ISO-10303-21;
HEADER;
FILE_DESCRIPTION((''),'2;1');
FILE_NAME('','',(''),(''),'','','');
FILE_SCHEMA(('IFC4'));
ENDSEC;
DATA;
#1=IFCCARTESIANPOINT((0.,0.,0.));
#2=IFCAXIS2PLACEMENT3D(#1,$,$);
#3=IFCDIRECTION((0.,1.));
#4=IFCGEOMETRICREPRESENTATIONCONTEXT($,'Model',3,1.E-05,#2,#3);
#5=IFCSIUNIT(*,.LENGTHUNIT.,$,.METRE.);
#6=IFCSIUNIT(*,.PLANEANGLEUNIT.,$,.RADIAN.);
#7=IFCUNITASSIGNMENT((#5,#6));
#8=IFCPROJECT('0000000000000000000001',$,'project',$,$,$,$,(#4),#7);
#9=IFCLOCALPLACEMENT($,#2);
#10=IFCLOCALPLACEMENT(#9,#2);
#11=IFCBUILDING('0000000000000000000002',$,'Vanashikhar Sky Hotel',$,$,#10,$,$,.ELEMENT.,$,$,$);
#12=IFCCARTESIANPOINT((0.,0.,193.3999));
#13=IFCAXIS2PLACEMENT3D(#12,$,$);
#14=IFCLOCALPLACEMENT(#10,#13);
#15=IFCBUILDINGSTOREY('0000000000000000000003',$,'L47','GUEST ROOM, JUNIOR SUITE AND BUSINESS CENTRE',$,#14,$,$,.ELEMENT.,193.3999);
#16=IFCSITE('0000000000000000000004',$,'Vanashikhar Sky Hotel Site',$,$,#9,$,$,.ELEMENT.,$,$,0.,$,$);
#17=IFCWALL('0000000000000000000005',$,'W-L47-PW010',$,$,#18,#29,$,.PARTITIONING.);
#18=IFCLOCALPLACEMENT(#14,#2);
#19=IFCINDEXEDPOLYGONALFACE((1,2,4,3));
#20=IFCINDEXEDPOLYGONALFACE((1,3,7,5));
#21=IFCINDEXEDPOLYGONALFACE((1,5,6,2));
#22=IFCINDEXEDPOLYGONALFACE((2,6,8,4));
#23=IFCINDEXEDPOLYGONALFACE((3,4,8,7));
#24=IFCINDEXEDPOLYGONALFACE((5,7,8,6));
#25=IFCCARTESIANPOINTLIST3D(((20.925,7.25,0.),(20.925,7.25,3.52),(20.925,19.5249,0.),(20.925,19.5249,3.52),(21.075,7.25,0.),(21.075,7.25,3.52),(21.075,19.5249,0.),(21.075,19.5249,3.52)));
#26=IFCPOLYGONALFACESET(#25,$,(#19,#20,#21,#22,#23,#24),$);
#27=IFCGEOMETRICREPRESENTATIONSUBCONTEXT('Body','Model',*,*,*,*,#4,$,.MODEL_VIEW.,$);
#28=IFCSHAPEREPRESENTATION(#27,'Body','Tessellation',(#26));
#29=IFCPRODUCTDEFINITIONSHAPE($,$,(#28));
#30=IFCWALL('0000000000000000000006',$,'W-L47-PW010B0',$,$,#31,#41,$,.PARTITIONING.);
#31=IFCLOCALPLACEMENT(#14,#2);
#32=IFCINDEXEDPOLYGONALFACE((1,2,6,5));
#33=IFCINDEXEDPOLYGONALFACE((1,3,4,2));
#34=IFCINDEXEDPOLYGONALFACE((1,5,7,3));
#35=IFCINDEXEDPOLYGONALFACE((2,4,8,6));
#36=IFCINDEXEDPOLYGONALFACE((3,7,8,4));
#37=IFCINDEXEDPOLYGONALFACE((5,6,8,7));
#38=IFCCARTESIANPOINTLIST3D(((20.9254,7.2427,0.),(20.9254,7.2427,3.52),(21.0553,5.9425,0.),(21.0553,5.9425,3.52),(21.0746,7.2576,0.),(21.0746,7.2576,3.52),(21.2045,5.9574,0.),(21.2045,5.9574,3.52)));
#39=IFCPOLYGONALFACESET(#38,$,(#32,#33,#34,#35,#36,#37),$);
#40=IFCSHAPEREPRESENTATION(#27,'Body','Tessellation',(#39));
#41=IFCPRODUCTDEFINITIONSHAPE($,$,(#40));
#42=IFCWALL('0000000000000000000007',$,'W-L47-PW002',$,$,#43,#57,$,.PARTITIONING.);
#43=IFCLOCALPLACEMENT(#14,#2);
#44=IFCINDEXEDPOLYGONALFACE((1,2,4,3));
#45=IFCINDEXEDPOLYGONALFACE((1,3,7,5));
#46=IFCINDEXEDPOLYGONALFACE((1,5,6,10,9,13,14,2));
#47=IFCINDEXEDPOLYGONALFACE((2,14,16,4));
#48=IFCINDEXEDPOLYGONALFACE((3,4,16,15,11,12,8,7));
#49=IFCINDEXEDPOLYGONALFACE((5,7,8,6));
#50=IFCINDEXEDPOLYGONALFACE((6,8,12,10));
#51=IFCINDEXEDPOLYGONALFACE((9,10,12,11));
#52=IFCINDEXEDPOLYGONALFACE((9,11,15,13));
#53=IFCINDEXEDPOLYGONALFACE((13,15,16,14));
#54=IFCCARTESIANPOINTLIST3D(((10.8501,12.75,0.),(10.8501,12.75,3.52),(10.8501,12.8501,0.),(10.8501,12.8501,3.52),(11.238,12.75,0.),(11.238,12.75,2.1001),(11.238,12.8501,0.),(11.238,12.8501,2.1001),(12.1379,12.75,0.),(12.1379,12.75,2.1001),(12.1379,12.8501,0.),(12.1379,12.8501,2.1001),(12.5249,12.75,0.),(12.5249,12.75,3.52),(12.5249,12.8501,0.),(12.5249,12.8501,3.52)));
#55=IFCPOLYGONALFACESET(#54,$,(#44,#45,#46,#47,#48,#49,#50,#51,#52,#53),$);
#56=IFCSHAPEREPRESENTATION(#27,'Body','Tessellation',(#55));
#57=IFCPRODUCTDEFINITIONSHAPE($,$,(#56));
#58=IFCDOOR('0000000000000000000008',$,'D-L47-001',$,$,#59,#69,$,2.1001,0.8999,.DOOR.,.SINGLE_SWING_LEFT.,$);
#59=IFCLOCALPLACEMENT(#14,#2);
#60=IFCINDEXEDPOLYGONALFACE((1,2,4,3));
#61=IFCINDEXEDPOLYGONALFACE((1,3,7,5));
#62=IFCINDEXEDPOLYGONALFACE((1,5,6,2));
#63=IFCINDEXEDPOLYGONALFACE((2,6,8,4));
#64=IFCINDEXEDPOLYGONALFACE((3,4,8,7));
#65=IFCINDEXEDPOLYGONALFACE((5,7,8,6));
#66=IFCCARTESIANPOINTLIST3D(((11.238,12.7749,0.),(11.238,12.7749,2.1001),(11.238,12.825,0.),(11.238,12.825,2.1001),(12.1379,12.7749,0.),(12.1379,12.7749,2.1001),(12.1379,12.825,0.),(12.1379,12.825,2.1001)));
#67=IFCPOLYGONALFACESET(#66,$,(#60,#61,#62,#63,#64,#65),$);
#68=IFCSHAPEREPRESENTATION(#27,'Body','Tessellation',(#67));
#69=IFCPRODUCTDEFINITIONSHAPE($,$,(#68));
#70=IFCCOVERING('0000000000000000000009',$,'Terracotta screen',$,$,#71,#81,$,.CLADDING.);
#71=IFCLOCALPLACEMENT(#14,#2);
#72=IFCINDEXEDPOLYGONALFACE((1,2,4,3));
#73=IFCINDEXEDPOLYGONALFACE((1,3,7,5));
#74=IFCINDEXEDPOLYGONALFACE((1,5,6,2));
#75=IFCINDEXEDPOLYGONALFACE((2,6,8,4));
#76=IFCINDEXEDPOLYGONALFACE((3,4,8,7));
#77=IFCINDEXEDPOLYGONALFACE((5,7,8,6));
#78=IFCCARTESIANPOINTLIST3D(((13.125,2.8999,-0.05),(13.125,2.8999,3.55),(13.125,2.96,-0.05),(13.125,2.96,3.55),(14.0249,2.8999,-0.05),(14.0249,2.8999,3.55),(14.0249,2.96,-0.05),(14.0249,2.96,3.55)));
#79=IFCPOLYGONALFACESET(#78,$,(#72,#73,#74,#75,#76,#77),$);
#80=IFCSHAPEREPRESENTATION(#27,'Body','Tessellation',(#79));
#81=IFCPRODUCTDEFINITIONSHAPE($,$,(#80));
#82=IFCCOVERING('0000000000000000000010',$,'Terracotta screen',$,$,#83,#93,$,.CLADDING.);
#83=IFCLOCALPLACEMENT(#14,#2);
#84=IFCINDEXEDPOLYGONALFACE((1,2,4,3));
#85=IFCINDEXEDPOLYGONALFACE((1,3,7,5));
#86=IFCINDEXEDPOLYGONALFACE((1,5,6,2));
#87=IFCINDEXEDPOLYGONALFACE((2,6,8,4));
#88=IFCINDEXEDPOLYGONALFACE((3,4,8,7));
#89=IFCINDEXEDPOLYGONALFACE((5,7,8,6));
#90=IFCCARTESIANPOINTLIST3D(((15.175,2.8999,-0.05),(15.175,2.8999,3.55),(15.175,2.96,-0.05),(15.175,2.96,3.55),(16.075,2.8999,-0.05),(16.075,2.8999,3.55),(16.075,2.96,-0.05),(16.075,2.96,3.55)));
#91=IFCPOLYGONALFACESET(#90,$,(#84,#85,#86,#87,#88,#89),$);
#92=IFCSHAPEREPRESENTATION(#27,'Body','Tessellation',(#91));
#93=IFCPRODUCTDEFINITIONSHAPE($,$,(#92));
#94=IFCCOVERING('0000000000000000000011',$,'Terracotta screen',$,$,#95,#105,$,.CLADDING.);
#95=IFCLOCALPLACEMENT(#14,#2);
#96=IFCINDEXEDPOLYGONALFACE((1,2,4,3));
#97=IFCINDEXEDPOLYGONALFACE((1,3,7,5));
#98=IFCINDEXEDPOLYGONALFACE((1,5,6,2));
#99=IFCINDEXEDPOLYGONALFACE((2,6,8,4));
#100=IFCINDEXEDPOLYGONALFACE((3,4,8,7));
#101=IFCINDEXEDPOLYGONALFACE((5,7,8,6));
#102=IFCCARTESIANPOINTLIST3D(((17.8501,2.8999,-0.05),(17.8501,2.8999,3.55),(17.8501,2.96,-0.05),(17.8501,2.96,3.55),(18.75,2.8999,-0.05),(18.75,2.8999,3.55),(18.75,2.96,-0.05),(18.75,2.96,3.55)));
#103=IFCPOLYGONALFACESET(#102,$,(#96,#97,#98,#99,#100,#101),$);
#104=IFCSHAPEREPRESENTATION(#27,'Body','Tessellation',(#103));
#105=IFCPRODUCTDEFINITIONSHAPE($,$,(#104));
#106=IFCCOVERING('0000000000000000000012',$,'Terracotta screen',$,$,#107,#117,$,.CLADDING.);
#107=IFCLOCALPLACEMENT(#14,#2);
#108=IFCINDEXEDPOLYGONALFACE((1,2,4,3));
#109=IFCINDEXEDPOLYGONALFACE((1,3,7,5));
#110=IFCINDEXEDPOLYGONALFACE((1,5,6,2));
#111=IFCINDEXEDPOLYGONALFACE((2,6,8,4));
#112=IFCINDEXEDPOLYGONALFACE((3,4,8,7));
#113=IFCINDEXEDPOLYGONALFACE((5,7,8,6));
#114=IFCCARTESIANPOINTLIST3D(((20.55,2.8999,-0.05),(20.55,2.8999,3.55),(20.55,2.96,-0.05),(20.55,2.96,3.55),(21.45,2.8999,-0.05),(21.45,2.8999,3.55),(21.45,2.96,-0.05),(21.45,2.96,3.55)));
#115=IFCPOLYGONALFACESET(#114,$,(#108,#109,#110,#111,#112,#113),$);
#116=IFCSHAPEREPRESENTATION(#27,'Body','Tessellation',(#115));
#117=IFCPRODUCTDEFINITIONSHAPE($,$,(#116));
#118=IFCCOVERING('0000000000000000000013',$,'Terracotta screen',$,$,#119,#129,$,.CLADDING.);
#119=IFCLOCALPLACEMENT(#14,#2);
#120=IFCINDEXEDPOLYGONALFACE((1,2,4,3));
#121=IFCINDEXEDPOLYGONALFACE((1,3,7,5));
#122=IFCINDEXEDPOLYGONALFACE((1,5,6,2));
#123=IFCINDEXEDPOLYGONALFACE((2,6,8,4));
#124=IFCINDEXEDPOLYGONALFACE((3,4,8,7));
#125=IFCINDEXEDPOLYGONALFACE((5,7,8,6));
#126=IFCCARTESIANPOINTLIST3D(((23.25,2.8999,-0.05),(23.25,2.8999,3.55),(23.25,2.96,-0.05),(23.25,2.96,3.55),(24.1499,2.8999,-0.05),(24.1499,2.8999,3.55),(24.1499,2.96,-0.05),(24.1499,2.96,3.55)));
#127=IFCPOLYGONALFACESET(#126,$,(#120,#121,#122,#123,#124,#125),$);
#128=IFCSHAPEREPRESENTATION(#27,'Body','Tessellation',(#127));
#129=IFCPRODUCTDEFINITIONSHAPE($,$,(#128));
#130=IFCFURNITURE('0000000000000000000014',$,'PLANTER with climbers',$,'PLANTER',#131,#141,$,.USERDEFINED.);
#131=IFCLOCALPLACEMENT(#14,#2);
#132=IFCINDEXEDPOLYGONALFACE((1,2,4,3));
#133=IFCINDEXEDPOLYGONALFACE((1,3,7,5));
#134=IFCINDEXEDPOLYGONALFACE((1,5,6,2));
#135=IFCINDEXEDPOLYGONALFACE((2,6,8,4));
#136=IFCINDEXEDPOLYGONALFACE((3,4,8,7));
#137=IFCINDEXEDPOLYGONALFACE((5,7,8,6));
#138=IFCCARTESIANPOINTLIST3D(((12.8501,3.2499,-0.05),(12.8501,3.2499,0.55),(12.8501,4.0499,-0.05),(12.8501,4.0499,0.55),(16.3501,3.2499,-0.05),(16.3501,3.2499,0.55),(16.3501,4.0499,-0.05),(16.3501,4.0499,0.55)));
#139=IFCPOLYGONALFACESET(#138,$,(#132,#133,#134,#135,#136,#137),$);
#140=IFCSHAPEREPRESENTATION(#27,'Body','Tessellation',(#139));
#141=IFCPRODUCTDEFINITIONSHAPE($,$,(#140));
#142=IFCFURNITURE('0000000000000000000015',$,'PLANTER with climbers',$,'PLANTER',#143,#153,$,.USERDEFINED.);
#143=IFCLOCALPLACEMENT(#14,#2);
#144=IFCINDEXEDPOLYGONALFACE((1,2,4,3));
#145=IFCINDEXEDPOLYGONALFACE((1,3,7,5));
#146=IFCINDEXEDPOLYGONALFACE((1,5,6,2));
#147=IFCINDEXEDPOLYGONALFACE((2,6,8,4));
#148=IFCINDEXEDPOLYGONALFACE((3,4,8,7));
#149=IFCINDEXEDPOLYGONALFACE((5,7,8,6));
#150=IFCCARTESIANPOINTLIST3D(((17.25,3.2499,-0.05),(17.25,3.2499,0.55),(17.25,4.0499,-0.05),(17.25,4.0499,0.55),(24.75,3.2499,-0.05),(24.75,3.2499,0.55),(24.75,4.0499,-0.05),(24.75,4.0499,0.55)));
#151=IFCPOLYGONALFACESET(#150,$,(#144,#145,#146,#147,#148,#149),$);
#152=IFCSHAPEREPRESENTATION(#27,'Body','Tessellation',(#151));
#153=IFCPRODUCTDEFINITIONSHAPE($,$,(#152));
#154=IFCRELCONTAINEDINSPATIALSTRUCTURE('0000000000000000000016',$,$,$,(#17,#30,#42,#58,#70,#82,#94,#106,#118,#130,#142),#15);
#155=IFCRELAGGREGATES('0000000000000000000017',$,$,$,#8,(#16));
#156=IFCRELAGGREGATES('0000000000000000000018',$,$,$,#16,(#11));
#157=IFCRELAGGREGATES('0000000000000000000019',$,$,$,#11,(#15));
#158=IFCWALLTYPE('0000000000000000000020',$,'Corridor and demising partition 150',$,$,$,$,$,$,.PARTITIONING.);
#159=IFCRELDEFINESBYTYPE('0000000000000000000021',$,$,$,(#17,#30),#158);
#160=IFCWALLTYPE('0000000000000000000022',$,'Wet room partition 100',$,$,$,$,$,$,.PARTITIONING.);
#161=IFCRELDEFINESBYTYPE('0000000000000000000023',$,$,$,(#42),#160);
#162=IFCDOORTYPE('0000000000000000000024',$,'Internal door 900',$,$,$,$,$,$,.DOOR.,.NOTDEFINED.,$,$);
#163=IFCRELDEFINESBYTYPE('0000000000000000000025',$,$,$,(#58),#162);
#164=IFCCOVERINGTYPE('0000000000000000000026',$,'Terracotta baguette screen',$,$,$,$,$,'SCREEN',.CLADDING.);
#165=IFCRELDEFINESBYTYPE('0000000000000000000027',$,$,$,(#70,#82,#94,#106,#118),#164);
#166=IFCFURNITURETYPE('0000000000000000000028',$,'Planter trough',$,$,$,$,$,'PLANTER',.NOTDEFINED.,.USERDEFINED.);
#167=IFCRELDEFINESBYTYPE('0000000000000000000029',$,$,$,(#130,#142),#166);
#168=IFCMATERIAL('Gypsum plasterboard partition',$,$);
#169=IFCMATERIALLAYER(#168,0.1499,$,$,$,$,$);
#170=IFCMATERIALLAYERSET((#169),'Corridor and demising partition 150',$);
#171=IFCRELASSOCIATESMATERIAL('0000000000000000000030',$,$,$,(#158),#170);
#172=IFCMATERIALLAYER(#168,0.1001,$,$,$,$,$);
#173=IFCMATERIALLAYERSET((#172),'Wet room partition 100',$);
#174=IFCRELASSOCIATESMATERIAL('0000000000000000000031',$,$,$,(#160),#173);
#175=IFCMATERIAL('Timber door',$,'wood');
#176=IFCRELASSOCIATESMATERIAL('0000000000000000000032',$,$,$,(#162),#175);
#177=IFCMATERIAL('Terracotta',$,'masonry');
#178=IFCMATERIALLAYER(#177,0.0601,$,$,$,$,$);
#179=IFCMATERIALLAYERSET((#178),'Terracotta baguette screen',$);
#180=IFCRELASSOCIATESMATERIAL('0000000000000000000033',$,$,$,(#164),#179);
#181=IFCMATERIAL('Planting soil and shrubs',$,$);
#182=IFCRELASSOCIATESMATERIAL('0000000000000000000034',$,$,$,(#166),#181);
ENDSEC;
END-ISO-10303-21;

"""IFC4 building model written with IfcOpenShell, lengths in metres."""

from ifc_helpers import new_model, si_unit, direction, frame, frame_2d, origin, origin_2d, place, context, subcontext, project, spatial, rectangle, extrude, source, transform, mapped, material, layer, layer_set, type_object, element, fill, save


model = new_model("IFC4")

# Units and contexts
model_context = context("Model", 3, precision=1e-05, world=origin(), true_north=direction((0.0, 1.0)))
body_context = subcontext(model_context, "Body", "Model", "MODEL_VIEW")
ifc_project = project(units=[si_unit("LENGTHUNIT", "METRE"), si_unit("PLANEANGLEUNIT", "RADIAN")], contexts=[model_context])

# Site, building, storey
site_placement = place(None, origin())
site = spatial("IfcSite", under=ifc_project, at=site_placement, Name="Vanashikhar Sky Hotel Site", CompositionType="ELEMENT", RefElevation=0.0)
building_placement = place(site_placement, origin())
building = spatial("IfcBuilding", under=site, at=building_placement, Name="Vanashikhar Sky Hotel", CompositionType="ELEMENT")
storey_placement = place(building_placement, frame((0.0, 0.0, 193.3999)))
storey = spatial("IfcBuildingStorey", under=building, at=storey_placement, Name="L47", Description="GUEST ROOM, JUNIOR SUITE AND BUSINESS CENTRE", CompositionType="ELEMENT", Elevation=193.3999)

# Walls
ifc_material_1 = material(Name="Gypsum plasterboard partition")
ifc_layer_1 = layer(ifc_material_1, 0.1499)
ifc_layer_set_1 = layer_set([ifc_layer_1], Name="Corridor and demising partition 150")
wall_type_1 = type_object("IfcWallType", Name="Corridor and demising partition 150", PredefinedType="PARTITIONING", material=ifc_layer_set_1)
shared_shape_1 = source(origin(), body_context, "Body", "SweptSolid", [
    extrude(rectangle(XDim=12.2749, YDim=0.1499, at=frame_2d((6.1375, 0.0))), origin(), (0.0, 0.0, 1.0), 3.52),
])
wall_1_placement = place(storey_placement, frame((21.0, 7.25, 0.0), z_axis=(0.0, 0.0, 1.0), x_axis=(0.0, 1.0, 0.0)))
element("IfcWall", 1, at=wall_1_placement, inside=storey, type_object=wall_type_1, Name="W-L47-PW010", PredefinedType="PARTITIONING", context=body_context, shape_type="MappedRepresentation", body=[
    mapped(shared_shape_1, transform((0.0, 0.0, 0.0), scale=1.0)),
])
shared_shape_2 = source(origin(), body_context, "Body", "SweptSolid", [
    extrude(rectangle(XDim=1.3066, YDim=0.1499, at=frame_2d((0.6533, 0.0))), origin(), (0.0, 0.0, 1.0), 3.52),
])
wall_2_placement = place(storey_placement, frame((21.1299, 5.95, 0.0), z_axis=(0.0, 0.0, 1.0), x_axis=(-0.099411, 0.995046, 0.0)))
element("IfcWall", 2, at=wall_2_placement, inside=storey, type_object=wall_type_1, Name="W-L47-PW010B0", PredefinedType="PARTITIONING", context=body_context, shape_type="MappedRepresentation", body=[
    mapped(shared_shape_2, transform((0.0, 0.0, 0.0), scale=1.0)),
])

# Wall, opening, door
ifc_layer_2 = layer(ifc_material_1, 0.1001)
ifc_layer_set_2 = layer_set([ifc_layer_2], Name="Wet room partition 100")
wall_type_2 = type_object("IfcWallType", Name="Wet room partition 100", PredefinedType="PARTITIONING", material=ifc_layer_set_2)
shared_shape_3 = source(origin(), body_context, "Body", "SweptSolid", [
    extrude(rectangle(XDim=1.6748, YDim=0.1001, at=frame_2d((0.8374, 0.0))), origin(), (0.0, 0.0, 1.0), 3.52),
])
wall_3_placement = place(storey_placement, frame((10.8501, 12.8, 0.0), z_axis=(0.0, 0.0, 1.0), x_axis=(1.0, 0.0, 0.0)))
wall_3 = element("IfcWall", 3, at=wall_3_placement, inside=storey, type_object=wall_type_2, Name="W-L47-PW002", PredefinedType="PARTITIONING", context=body_context, shape_type="MappedRepresentation", body=[
    mapped(shared_shape_3, transform((0.0, 0.0, 0.0), scale=1.0)),
])
shared_shape_4 = source(origin(), body_context, "Body", "SweptSolid", [
    extrude(rectangle(XDim=0.8999, YDim=2.1001, at=frame_2d((0.45, 1.05))), frame((0.0, 0.0601, 0.0), z_axis=(0.0, -1.0, 0.0), x_axis=(1.0, 0.0, 0.0)), (0.0, 0.0, 1.0), 0.1201),
])
opening_1_placement = place(wall_3_placement, frame((0.3879, 0.0, 0.0)))
opening_1 = element("IfcOpeningElement", 4, at=opening_1_placement, cuts=wall_3, PredefinedType="OPENING", context=body_context, shape_type="MappedRepresentation", body=[
    mapped(shared_shape_4, transform((0.0, 0.0, 0.0), scale=1.0)),
])
ifc_material_2 = material(Name="Timber door", Category="wood")
door_type_1 = type_object("IfcDoorType", Name="Internal door 900", OperationType="NOTDEFINED", PredefinedType="DOOR", material=ifc_material_2)
shared_shape_5 = source(origin(), body_context, "Body", "SweptSolid", [
    extrude(rectangle(XDim=0.8999, YDim=2.1001, at=frame_2d((0.45, 1.05))), frame((0.0, 0.0249, 0.0), z_axis=(0.0, -1.0, 0.0), x_axis=(1.0, 0.0, 0.0)), (0.0, 0.0, 1.0), 0.05),
])
door_1_placement = place(opening_1_placement, origin())
door_1 = element("IfcDoor", 5, at=door_1_placement, inside=storey, type_object=door_type_1, Name="D-L47-001", OperationType="SINGLE_SWING_LEFT", OverallHeight=2.1001, OverallWidth=0.8999, PredefinedType="DOOR", context=body_context, shape_type="MappedRepresentation", body=[
    mapped(shared_shape_5, transform((0.0, 0.0, 0.0), scale=1.0)),
])
fill(opening_1, door_1)

# Coverings
ifc_material_3 = material(Name="Terracotta", Category="masonry")
ifc_layer_3 = layer(ifc_material_3, 0.0601)
ifc_layer_set_3 = layer_set([ifc_layer_3], Name="Terracotta baguette screen")
covering_type = type_object("IfcCoveringType", Name="Terracotta baguette screen", ElementType="SCREEN", PredefinedType="CLADDING", material=ifc_layer_set_3)
shared_shape_6 = source(origin(), body_context, "Body", "SweptSolid", [
    extrude(rectangle(XDim=0.8999, YDim=0.0601, at=origin_2d()), origin(), (0.0, 0.0, 1.0), 3.6001),
])
for number, where, z_axis, x_axis, name in (
    (6, (13.575, 2.9299, -0.05), (0.0, 0.0, 1.0), (1.0, 0.0, 0.0), "Terracotta screen"),
    (7, (15.625, 2.9299, -0.05), (0.0, 0.0, 1.0), (1.0, 0.0, 0.0), "Terracotta screen"),
    (8, (18.3, 2.9299, -0.05), (0.0, 0.0, 1.0), (1.0, 0.0, 0.0), "Terracotta screen"),
    (9, (21.0, 2.9299, -0.05), (0.0, 0.0, 1.0), (1.0, 0.0, 0.0), "Terracotta screen"),
    (10, (23.7, 2.9299, -0.05), (0.0, 0.0, 1.0), (1.0, 0.0, 0.0), "Terracotta screen"),
):
    element("IfcCovering", number, at=place(storey_placement, frame(where, z_axis=z_axis, x_axis=x_axis)), inside=storey, type_object=covering_type, Name=name, PredefinedType="CLADDING", context=body_context, shape_type="MappedRepresentation", body=[
        mapped(shared_shape_6, transform((0.0, 0.0, 0.0), scale=1.0)),
    ])

# Furniture
ifc_material_4 = material(Name="Planting soil and shrubs")
furniture_type = type_object("IfcFurnitureType", Name="Planter trough", ElementType="PLANTER", AssemblyPlace="NOTDEFINED", PredefinedType="USERDEFINED", material=ifc_material_4)
shared_shape_7 = source(origin(), body_context, "Body", "SweptSolid", [
    extrude(rectangle(XDim=3.5, YDim=0.8, at=origin_2d()), origin(), (0.0, 0.0, 1.0), 0.6001),
])
furniture_1_placement = place(storey_placement, frame((14.6001, 3.6499, -0.05), z_axis=(0.0, 0.0, 1.0), x_axis=(1.0, 0.0, 0.0)))
element("IfcFurniture", 11, at=furniture_1_placement, inside=storey, type_object=furniture_type, Name="PLANTER with climbers", ObjectType="PLANTER", PredefinedType="USERDEFINED", context=body_context, shape_type="MappedRepresentation", body=[
    mapped(shared_shape_7, transform((0.0, 0.0, 0.0), scale=1.0)),
])
shared_shape_8 = source(origin(), body_context, "Body", "SweptSolid", [
    extrude(rectangle(XDim=7.5, YDim=0.8, at=origin_2d()), origin(), (0.0, 0.0, 1.0), 0.6001),
])
furniture_2_placement = place(storey_placement, frame((21.0, 3.6499, -0.05), z_axis=(0.0, 0.0, 1.0), x_axis=(1.0, 0.0, 0.0)))
element("IfcFurniture", 12, at=furniture_2_placement, inside=storey, type_object=furniture_type, Name="PLANTER with climbers", ObjectType="PLANTER", PredefinedType="USERDEFINED", context=body_context, shape_type="MappedRepresentation", body=[
    mapped(shared_shape_8, transform((0.0, 0.0, 0.0), scale=1.0)),
])

save(model, "model.ifc")
